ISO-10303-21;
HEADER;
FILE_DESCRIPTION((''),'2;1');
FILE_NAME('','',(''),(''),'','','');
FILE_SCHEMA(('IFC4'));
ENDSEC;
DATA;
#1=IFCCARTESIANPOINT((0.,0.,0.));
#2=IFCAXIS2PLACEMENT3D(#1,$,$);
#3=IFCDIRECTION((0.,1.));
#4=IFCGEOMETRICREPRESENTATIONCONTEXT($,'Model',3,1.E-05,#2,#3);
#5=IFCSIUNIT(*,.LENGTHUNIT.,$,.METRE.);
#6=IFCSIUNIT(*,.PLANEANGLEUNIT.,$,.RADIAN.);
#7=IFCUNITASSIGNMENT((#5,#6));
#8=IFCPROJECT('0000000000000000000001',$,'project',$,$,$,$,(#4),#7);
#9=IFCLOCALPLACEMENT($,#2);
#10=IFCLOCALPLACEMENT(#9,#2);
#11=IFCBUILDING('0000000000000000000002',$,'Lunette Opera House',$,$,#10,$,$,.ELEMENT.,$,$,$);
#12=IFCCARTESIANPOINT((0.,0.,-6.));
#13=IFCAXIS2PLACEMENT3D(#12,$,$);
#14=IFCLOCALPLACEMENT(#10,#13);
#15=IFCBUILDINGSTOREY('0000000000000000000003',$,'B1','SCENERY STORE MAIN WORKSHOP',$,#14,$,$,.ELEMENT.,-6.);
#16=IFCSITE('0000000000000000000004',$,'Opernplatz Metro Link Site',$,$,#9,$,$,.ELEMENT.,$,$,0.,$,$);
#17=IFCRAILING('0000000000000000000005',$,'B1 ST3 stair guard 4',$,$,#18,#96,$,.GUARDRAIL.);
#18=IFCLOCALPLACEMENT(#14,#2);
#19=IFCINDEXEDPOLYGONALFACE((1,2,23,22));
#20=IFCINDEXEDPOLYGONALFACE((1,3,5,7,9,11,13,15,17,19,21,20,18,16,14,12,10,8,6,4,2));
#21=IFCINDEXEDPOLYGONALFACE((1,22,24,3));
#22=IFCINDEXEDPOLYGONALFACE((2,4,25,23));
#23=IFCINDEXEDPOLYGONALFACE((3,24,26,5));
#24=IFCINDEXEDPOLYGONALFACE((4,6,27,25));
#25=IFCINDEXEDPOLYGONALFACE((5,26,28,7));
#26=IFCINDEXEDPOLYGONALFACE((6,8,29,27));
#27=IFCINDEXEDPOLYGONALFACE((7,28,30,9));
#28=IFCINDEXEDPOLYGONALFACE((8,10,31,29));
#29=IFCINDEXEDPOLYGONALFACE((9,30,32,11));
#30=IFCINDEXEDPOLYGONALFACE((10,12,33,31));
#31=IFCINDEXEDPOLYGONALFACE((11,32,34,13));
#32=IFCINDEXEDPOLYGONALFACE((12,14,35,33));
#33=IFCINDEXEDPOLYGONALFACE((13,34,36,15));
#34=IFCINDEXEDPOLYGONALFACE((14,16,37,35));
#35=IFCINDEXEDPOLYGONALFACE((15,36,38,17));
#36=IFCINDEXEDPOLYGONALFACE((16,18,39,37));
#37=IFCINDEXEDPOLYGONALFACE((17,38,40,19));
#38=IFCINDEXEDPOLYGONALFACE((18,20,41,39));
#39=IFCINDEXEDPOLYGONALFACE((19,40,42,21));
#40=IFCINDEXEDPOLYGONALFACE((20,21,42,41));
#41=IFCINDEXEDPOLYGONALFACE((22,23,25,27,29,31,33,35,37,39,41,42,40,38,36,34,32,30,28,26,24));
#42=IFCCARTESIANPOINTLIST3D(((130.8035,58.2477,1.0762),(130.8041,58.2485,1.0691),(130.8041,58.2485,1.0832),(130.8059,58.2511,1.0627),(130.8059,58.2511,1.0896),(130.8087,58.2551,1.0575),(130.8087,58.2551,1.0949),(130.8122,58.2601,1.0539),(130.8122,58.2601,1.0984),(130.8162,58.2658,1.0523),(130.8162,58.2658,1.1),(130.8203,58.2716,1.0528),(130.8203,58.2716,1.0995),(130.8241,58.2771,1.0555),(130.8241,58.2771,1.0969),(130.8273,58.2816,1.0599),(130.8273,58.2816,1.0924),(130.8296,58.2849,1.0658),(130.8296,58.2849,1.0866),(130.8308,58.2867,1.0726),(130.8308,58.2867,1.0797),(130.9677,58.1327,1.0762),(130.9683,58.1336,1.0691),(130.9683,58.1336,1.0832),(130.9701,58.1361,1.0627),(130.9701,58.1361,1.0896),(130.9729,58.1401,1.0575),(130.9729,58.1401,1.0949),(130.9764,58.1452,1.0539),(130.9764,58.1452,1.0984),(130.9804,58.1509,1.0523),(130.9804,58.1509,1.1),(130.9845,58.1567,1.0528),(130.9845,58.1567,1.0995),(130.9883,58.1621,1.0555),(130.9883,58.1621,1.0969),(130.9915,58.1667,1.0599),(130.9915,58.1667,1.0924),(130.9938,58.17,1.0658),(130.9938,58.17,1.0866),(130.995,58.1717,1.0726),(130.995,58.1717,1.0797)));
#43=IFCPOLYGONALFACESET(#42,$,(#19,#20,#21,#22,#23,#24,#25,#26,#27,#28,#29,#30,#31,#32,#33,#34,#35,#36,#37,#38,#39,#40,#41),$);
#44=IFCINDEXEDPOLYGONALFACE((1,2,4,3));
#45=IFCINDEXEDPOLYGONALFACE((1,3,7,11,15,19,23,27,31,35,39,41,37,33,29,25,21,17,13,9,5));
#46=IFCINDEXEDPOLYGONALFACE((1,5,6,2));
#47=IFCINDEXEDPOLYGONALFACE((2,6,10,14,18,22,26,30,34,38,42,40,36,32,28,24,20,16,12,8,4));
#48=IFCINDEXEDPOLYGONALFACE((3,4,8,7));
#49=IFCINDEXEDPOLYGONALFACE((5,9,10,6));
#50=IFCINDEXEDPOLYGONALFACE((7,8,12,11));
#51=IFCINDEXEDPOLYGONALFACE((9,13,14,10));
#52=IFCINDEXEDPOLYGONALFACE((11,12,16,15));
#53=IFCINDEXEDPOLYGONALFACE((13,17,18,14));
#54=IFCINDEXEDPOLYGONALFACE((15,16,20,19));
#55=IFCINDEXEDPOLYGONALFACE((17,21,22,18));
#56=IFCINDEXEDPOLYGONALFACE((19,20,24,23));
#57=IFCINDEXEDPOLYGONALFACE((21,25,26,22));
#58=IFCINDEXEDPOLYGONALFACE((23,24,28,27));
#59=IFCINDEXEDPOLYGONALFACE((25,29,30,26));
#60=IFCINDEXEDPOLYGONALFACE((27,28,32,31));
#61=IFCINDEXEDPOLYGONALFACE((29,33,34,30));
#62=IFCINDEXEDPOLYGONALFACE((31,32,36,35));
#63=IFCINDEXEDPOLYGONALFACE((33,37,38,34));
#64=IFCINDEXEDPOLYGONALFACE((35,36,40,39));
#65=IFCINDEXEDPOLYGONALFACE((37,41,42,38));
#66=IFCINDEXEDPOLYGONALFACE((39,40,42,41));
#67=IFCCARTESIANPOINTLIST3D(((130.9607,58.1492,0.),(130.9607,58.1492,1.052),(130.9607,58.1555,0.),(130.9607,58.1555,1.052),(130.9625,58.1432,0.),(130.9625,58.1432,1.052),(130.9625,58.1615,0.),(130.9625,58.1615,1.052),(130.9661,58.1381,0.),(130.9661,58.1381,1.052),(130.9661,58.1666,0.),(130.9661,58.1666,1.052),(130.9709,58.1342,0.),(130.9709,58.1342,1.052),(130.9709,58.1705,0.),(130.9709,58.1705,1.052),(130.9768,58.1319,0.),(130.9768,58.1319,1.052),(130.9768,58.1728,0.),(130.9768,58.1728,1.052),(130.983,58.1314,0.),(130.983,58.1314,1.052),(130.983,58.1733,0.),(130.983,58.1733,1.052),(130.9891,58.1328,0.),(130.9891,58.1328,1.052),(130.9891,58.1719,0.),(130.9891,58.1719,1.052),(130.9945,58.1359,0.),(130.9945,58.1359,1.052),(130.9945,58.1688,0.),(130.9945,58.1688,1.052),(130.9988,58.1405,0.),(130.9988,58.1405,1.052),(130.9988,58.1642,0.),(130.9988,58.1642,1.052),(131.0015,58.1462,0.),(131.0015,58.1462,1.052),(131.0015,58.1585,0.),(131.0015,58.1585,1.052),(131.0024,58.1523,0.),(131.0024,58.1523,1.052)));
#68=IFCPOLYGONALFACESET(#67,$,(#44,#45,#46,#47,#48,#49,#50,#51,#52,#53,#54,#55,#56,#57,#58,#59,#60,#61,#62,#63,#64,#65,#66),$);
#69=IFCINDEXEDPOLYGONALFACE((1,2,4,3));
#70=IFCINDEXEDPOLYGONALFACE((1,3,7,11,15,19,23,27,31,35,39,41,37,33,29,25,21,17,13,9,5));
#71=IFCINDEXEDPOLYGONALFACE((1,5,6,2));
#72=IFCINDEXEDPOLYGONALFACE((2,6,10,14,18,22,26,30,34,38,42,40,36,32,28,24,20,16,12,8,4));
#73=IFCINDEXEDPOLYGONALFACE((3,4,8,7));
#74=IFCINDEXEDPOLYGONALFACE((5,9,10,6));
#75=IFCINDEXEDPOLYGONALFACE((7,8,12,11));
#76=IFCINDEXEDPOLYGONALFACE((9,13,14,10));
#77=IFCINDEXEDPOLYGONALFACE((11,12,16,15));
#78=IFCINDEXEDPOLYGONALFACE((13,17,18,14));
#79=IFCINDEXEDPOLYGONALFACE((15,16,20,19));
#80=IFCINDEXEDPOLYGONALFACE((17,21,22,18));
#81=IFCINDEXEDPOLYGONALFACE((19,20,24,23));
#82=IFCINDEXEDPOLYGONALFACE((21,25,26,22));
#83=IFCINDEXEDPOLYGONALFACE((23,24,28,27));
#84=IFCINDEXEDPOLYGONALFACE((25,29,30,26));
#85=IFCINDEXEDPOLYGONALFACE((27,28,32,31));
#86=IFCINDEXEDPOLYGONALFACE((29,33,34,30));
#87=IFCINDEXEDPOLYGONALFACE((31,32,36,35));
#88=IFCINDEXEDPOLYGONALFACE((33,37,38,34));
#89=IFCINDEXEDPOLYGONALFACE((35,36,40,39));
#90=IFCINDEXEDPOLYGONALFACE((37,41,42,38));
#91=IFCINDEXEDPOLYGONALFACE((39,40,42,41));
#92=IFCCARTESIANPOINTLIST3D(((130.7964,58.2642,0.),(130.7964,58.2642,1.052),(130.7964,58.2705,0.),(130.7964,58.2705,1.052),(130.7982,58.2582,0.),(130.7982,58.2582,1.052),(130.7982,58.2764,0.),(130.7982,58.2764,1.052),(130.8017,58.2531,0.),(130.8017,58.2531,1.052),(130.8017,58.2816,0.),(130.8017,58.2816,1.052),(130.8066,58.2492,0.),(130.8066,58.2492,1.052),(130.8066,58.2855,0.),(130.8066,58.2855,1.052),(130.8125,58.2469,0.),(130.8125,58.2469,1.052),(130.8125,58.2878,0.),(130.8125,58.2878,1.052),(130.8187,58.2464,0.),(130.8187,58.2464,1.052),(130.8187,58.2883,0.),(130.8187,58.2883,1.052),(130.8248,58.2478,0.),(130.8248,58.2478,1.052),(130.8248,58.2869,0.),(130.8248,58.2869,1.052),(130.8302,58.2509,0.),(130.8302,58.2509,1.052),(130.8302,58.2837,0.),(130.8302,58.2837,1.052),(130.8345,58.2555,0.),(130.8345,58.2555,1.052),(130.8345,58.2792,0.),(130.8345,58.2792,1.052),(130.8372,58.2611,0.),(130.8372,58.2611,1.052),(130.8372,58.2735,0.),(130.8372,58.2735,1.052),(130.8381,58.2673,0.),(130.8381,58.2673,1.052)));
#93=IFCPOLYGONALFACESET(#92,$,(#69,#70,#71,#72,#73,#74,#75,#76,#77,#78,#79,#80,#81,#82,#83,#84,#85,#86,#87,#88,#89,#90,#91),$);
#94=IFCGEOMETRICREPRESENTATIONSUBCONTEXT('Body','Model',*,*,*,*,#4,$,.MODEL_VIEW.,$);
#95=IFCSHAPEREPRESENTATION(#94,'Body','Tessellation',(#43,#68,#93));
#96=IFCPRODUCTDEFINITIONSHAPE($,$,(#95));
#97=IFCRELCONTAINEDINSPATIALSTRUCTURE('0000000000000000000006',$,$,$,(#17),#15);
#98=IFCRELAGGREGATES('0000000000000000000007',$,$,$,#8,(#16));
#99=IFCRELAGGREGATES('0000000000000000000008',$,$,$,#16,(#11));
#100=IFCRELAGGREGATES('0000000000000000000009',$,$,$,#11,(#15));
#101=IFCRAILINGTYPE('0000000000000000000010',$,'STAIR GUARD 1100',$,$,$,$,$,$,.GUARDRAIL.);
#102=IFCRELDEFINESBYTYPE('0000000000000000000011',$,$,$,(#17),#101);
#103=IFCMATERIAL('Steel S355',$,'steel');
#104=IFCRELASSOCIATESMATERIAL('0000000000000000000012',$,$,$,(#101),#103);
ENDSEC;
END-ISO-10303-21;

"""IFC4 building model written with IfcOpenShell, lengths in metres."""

from ifc_helpers import new_model, si_unit, direction, frame, origin, origin_2d, place, context, subcontext, project, spatial, circle, extrude, material, type_object, element, save


model = new_model("IFC4")

# Units and contexts
model_context = context("Model", 3, precision=1e-05, world=origin(), true_north=direction((0.0, 1.0)))
body_context = subcontext(model_context, "Body", "Model", "MODEL_VIEW")
ifc_project = project(units=[si_unit("LENGTHUNIT", "METRE"), si_unit("PLANEANGLEUNIT", "RADIAN")], contexts=[model_context])

# Site, building, storey
site_placement = place(None, origin())
site = spatial("IfcSite", under=ifc_project, at=site_placement, Name="Opernplatz Metro Link Site", CompositionType="ELEMENT", RefElevation=0.0)
building_placement = place(site_placement, origin())
building = spatial("IfcBuilding", under=site, at=building_placement, Name="Lunette Opera House", CompositionType="ELEMENT")
storey_placement = place(building_placement, frame((0.0, 0.0, -6.0)))
storey = spatial("IfcBuildingStorey", under=building, at=storey_placement, Name="B1", Description="SCENERY STORE MAIN WORKSHOP", CompositionType="ELEMENT", Elevation=-6.0)

# Railing
ifc_material_1 = material(Name="Steel S355", Category="steel")
railing_type_1 = type_object("IfcRailingType", Name="STAIR GUARD 1100", PredefinedType="GUARDRAIL", material=ifc_material_1)
railing_1_placement = place(storey_placement, frame((130.9814, 58.1523, 0.0)))
element("IfcRailing", 1, at=railing_1_placement, inside=storey, type_object=railing_type_1, Name="B1 ST3 stair guard 4", PredefinedType="GUARDRAIL", context=body_context, shape_type="SweptSolid", body=[
    extrude(circle(Radius=0.0239, at=origin_2d()), frame((0.0, 0.0, 1.0762), z_axis=(-0.819289, 0.573381, 0.0), x_axis=(-0.573381, -0.819289, 0.0)), (0.0, 0.0, 1.0), 0.2004),
    extrude(circle(Radius=0.021, at=origin_2d()), origin(), (0.0, 0.0, 1.0), 1.052),
    extrude(circle(Radius=0.021, at=origin_2d()), frame((-0.1643, 0.115, 0.0)), (0.0, 0.0, 1.0), 1.052),
])

save(model, "model.ifc")
